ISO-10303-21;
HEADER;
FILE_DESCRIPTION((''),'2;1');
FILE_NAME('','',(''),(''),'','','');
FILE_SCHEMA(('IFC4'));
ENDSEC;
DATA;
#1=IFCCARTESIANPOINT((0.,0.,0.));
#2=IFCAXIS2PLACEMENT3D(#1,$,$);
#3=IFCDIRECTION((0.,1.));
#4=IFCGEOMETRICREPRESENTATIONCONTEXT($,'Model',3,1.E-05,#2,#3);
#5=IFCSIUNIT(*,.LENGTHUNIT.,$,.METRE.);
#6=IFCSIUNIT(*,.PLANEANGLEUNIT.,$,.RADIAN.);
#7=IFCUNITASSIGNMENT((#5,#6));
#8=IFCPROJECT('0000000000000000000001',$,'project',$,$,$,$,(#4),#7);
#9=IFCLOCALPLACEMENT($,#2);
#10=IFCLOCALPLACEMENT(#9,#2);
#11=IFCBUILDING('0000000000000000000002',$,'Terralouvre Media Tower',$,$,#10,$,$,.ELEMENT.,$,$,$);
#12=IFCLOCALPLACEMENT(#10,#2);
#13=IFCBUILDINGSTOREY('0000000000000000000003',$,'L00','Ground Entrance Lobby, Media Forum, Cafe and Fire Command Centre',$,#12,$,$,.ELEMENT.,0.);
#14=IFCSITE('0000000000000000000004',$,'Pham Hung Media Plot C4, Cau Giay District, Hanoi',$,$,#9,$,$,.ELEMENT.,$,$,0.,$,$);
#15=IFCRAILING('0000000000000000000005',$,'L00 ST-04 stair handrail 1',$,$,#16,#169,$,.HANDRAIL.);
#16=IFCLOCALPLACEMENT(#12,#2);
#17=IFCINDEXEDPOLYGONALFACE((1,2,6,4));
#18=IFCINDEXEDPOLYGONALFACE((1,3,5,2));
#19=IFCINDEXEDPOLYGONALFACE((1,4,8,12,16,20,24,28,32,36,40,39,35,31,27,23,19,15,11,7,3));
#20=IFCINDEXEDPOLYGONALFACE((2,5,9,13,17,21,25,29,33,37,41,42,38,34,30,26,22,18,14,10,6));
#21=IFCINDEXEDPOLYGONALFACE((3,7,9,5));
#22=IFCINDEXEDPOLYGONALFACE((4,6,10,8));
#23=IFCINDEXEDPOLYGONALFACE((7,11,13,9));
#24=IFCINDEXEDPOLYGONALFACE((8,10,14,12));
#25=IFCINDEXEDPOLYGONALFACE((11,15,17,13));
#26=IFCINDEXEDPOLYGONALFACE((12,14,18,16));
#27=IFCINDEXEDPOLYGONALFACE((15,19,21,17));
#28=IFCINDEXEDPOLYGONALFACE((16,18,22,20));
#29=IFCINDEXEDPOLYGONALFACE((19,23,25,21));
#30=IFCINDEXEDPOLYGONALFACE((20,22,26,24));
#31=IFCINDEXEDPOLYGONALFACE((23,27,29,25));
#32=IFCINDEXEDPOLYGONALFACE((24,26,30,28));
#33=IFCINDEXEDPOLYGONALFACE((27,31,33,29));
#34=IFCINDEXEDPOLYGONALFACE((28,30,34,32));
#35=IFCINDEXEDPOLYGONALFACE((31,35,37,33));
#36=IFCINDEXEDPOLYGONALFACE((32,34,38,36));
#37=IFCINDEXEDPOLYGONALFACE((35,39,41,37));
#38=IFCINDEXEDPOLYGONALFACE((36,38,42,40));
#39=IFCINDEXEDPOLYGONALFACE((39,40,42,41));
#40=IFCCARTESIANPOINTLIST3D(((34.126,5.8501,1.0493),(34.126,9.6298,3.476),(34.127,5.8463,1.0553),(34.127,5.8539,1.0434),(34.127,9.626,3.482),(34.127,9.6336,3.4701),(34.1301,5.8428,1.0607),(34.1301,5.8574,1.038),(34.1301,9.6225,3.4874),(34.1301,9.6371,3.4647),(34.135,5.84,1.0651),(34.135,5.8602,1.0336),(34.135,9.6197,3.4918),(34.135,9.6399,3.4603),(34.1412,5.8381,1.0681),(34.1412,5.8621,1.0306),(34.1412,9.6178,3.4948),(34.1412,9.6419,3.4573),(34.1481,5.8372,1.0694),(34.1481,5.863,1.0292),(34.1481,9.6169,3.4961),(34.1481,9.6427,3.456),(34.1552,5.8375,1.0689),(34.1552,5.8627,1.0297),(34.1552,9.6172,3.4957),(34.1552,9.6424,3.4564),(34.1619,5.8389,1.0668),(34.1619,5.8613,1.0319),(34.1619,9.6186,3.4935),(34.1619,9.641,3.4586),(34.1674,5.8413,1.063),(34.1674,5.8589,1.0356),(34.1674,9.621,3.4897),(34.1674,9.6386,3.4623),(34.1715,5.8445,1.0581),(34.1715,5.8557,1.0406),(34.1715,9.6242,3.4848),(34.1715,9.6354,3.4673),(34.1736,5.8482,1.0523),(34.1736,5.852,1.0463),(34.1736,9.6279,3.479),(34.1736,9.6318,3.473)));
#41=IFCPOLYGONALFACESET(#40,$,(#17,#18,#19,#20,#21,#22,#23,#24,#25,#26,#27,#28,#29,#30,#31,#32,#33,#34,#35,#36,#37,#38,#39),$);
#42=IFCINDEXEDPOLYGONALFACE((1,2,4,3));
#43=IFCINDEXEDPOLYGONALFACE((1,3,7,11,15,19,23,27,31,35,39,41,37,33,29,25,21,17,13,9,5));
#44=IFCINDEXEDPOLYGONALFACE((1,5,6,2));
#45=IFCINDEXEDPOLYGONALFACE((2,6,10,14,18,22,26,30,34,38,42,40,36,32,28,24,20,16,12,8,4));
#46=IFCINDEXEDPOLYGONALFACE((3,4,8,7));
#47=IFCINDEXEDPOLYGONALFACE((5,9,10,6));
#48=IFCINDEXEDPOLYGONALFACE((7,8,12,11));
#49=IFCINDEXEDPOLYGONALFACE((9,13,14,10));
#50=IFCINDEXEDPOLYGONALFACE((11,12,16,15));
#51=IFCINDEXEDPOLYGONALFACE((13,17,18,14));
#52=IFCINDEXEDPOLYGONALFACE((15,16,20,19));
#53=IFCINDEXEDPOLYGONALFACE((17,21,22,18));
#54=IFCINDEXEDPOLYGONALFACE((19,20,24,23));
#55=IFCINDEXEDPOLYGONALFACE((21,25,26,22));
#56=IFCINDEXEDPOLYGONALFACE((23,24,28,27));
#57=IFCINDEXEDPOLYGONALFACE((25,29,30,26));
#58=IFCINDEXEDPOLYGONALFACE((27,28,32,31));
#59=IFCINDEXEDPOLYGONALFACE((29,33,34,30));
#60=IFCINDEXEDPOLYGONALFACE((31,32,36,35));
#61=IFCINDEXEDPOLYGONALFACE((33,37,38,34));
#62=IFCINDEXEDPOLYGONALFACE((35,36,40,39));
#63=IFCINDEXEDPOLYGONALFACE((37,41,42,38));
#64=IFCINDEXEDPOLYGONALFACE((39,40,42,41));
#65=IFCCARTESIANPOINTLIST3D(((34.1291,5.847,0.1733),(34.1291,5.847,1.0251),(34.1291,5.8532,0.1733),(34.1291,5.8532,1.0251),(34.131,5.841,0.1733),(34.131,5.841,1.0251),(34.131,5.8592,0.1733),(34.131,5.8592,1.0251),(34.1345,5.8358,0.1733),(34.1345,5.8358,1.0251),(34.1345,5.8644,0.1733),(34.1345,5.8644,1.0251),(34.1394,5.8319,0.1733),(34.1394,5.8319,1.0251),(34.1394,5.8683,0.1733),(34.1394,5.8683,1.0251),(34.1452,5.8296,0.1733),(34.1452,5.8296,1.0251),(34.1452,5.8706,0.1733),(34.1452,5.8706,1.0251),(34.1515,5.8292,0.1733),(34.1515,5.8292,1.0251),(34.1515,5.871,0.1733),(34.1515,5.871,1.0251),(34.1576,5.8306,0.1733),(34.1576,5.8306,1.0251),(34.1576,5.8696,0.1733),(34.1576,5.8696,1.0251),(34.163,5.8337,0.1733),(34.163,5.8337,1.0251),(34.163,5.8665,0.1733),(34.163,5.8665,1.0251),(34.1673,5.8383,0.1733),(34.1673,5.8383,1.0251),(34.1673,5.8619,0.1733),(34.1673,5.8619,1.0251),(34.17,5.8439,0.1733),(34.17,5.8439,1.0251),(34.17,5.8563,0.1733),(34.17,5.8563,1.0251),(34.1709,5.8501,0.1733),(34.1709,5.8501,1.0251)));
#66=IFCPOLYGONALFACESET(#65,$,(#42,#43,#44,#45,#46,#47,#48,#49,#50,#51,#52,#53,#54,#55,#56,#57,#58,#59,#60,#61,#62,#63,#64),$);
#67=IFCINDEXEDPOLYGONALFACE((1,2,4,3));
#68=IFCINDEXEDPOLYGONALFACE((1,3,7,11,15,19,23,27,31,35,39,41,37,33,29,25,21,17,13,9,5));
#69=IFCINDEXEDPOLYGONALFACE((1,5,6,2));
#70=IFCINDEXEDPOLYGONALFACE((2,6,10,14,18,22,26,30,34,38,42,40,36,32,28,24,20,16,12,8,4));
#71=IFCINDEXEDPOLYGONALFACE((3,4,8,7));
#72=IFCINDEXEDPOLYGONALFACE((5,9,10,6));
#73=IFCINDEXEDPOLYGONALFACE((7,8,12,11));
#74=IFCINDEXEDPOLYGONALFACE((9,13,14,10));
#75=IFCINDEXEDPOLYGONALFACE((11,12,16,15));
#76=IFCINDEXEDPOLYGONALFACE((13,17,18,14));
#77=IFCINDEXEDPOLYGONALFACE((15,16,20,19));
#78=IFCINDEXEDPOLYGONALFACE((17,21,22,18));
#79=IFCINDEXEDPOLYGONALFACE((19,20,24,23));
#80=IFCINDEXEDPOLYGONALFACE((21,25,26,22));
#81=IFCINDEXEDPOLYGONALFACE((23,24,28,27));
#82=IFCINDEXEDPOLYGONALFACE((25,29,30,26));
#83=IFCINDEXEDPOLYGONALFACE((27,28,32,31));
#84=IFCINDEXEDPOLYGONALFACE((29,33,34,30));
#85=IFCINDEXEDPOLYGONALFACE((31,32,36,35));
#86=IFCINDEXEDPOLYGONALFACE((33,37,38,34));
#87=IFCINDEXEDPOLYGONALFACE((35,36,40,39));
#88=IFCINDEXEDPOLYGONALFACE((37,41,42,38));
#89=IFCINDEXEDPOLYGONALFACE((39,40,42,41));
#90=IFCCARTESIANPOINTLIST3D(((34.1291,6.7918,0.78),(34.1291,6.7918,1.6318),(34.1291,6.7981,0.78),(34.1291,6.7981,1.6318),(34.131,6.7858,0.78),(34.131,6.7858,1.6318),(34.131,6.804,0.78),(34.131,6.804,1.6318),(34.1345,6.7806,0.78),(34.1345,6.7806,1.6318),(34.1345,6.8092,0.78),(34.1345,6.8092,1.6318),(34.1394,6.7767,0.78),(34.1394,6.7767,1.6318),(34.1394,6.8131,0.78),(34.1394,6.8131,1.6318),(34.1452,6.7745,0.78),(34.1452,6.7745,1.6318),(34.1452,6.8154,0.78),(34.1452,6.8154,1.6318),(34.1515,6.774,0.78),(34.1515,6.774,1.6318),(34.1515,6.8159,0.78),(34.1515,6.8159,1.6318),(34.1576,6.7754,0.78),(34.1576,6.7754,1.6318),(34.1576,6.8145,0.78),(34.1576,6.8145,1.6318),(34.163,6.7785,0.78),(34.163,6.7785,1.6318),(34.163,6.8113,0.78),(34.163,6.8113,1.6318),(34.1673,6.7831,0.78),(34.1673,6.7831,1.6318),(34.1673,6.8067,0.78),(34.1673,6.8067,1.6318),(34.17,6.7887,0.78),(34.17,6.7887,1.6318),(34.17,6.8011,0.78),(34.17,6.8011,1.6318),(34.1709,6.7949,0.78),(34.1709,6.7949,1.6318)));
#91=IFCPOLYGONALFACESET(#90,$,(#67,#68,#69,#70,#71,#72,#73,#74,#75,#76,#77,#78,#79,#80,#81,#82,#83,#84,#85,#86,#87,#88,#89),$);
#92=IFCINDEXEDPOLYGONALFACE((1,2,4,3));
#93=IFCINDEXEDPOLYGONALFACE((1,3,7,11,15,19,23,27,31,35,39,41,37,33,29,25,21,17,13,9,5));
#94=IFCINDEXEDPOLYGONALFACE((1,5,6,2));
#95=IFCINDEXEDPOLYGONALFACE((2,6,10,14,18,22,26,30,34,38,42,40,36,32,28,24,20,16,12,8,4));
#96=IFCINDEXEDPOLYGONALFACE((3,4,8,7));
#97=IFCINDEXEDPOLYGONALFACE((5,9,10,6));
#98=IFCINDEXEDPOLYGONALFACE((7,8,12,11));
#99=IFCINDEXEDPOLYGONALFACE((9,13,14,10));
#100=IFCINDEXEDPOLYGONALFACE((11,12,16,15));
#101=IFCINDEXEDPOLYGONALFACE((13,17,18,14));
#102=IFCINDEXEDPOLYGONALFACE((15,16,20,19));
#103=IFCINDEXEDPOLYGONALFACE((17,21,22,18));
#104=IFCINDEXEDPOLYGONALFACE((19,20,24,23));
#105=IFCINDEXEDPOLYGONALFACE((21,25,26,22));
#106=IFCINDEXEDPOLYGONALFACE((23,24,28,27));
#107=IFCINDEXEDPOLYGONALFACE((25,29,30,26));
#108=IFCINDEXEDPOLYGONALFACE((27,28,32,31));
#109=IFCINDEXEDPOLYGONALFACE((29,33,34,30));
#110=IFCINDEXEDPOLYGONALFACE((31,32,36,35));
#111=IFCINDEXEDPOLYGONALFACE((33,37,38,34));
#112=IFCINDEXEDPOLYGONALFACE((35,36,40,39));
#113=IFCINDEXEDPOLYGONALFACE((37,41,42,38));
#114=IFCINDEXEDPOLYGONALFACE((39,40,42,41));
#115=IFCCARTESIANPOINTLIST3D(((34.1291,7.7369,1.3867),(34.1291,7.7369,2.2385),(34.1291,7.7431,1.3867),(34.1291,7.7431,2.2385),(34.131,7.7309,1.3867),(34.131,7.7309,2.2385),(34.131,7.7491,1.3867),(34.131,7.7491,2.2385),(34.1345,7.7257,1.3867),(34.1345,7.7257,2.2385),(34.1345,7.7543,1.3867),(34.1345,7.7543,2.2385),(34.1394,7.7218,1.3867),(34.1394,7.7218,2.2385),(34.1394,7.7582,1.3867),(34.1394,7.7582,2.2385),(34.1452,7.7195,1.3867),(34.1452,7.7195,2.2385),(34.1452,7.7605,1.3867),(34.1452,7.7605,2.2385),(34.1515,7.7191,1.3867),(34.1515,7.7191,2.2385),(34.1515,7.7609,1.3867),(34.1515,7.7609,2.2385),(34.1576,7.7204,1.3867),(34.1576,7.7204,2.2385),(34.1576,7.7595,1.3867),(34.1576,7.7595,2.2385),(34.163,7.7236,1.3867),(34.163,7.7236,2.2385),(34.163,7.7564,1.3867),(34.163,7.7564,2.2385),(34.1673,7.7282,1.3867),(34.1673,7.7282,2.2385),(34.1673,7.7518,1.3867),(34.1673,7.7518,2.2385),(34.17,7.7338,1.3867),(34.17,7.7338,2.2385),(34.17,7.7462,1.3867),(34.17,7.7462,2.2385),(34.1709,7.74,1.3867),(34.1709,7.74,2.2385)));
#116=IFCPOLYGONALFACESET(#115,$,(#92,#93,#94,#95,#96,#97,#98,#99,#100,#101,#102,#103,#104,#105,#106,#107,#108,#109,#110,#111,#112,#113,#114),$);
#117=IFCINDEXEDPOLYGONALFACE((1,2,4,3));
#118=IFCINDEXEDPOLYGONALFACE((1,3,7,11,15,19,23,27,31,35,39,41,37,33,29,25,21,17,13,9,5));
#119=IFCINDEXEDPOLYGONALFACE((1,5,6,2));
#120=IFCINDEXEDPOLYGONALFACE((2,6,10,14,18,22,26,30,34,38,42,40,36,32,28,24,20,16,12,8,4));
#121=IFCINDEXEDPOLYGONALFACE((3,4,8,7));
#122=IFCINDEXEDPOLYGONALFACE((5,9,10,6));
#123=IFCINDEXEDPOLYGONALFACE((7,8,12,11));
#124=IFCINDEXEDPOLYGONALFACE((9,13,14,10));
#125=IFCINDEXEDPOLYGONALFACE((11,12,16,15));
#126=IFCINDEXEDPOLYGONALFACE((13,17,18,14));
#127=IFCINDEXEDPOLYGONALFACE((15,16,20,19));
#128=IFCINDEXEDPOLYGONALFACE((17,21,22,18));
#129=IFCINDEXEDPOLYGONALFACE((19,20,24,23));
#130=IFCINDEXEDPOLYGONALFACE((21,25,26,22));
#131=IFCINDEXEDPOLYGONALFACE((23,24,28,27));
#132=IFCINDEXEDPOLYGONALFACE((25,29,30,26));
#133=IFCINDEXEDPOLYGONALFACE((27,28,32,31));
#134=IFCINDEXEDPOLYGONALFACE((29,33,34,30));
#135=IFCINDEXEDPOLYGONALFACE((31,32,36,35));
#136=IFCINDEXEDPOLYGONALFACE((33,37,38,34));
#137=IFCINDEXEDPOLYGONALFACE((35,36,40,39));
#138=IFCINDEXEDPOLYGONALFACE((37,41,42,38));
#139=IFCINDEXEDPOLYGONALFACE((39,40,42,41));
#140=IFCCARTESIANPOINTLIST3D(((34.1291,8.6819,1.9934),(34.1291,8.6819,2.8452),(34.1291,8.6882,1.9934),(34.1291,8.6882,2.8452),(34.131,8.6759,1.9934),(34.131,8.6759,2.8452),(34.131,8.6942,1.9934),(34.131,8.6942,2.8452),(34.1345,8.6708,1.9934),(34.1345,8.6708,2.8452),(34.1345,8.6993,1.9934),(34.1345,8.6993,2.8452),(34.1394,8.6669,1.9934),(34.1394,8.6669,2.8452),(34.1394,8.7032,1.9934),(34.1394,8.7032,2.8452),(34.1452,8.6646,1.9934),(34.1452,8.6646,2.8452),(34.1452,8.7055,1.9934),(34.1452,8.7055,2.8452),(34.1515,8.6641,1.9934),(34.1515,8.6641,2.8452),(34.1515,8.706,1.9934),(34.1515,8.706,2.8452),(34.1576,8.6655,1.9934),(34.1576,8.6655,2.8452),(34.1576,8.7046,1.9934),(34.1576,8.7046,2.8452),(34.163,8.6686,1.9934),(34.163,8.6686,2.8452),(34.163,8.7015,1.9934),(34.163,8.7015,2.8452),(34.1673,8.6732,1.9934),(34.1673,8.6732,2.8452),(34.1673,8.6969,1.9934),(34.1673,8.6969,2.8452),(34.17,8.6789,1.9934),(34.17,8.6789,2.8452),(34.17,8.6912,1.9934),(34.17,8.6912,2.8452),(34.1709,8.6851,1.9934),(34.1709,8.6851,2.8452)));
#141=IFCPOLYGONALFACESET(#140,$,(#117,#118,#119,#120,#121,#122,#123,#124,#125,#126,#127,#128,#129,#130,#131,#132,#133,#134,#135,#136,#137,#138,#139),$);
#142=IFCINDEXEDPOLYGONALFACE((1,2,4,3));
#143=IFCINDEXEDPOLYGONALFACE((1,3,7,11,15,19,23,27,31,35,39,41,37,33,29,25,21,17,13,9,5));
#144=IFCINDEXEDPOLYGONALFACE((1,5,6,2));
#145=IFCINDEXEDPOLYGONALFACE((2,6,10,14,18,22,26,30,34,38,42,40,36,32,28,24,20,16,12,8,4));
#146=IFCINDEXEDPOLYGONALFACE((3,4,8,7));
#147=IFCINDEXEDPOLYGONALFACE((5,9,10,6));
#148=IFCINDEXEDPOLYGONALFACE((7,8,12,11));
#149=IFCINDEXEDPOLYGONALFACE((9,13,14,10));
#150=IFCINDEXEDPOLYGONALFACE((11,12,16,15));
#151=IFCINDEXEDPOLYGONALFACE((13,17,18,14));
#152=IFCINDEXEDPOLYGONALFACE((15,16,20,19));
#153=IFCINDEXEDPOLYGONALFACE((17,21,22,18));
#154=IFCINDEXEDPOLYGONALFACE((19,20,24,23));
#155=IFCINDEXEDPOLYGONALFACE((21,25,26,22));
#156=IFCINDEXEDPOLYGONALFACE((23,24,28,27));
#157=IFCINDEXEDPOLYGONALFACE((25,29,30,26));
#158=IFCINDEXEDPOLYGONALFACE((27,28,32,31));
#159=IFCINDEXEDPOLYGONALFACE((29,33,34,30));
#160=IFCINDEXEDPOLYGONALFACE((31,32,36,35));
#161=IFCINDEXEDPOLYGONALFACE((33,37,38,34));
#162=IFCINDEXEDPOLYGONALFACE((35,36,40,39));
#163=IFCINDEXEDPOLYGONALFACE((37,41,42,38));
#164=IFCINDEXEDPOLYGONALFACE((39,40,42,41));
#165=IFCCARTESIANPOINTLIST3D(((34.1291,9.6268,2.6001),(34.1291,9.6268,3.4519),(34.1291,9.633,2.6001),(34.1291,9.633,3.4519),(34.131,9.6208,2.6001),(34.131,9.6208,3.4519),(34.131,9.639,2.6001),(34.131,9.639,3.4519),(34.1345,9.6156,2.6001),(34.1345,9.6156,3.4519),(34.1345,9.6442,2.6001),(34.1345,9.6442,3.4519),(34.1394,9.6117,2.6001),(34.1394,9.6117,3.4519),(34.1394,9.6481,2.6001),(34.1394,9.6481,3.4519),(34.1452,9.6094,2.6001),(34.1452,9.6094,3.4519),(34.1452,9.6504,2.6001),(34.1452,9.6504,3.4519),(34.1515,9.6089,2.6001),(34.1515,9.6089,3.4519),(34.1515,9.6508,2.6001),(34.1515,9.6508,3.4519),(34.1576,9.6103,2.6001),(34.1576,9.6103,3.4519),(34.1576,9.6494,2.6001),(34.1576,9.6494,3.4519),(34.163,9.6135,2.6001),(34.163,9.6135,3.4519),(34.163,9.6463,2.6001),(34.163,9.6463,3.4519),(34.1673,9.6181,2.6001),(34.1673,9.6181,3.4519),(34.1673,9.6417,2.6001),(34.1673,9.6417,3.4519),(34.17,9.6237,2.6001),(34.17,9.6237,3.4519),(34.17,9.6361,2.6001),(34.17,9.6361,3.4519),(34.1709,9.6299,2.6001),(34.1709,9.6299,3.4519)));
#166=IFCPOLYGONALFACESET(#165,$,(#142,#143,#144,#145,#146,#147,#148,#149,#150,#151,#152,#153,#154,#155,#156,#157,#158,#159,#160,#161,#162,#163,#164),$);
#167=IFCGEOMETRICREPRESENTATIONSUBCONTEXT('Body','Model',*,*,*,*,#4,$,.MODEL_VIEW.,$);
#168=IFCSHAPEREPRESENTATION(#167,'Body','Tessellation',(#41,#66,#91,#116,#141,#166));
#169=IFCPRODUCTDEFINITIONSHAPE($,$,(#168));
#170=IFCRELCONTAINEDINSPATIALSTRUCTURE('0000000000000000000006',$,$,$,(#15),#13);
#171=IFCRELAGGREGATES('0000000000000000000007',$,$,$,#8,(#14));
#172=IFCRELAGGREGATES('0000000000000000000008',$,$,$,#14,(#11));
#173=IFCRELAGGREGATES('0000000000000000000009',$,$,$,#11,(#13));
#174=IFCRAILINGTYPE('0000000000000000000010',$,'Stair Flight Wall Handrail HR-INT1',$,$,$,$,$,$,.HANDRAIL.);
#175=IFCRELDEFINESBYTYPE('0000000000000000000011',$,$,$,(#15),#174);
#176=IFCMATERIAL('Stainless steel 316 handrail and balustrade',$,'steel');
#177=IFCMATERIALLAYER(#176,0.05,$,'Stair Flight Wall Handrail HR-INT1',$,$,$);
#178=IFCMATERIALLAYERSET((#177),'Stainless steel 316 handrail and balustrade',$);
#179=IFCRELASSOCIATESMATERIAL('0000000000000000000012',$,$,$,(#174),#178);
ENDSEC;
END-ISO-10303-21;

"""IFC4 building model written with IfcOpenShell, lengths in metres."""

from ifc_helpers import new_model, si_unit, direction, frame, origin, origin_2d, place, context, subcontext, project, spatial, circle, extrude, material, layer, layer_set, type_object, element, save


model = new_model("IFC4")

# Units and contexts
model_context = context("Model", 3, precision=1e-05, world=origin(), true_north=direction((0.0, 1.0)))
body_context = subcontext(model_context, "Body", "Model", "MODEL_VIEW")
ifc_project = project(units=[si_unit("LENGTHUNIT", "METRE"), si_unit("PLANEANGLEUNIT", "RADIAN")], contexts=[model_context])

# Site, building, storey
site_placement = place(None, origin())
site = spatial("IfcSite", under=ifc_project, at=site_placement, Name="Pham Hung Media Plot C4, Cau Giay District, Hanoi", CompositionType="ELEMENT", RefElevation=0.0)
building_placement = place(site_placement, origin())
building = spatial("IfcBuilding", under=site, at=building_placement, Name="Terralouvre Media Tower", CompositionType="ELEMENT")
storey_placement = place(building_placement, origin())
storey = spatial("IfcBuildingStorey", under=building, at=storey_placement, Name="L00", Description="Ground Entrance Lobby, Media Forum, Cafe and Fire Command Centre", CompositionType="ELEMENT", Elevation=0.0)

# Railing
ifc_material_1 = material(Name="Stainless steel 316 handrail and balustrade", Category="steel")
ifc_layer_1 = layer(ifc_material_1, 0.05, Name="Stair Flight Wall Handrail HR-INT1")
ifc_layer_set_1 = layer_set([ifc_layer_1], Name="Stainless steel 316 handrail and balustrade")
railing_type_1 = type_object("IfcRailingType", Name="Stair Flight Wall Handrail HR-INT1", PredefinedType="HANDRAIL", material=ifc_layer_set_1)
railing_1_placement = place(storey_placement, frame((34.1499, 5.8501, 0.1733)))
element("IfcRailing", 1, at=railing_1_placement, inside=storey, type_object=railing_type_1, Name="L00 ST-04 stair handrail 1", PredefinedType="HANDRAIL", context=body_context, shape_type="SweptSolid", body=[
    extrude(circle(Radius=0.0239, at=origin_2d()), frame((0.0, 0.0, 0.876), z_axis=(0.0, 0.841493, 0.540269), x_axis=(-1.0, 0.0, 0.0)), (0.0, 0.0, 1.0), 4.4917),
    extrude(circle(Radius=0.021, at=origin_2d()), origin(), (0.0, 0.0, 1.0), 0.8518),
    extrude(circle(Radius=0.021, at=origin_2d()), frame((0.0, 0.9448, 0.6067)), (0.0, 0.0, 1.0), 0.8518),
    extrude(circle(Radius=0.021, at=origin_2d()), frame((0.0, 1.8899, 1.2134)), (0.0, 0.0, 1.0), 0.8518),
    extrude(circle(Radius=0.021, at=origin_2d()), frame((0.0, 2.835, 1.8201)), (0.0, 0.0, 1.0), 0.8518),
    extrude(circle(Radius=0.021, at=origin_2d()), frame((0.0, 3.7798, 2.4268)), (0.0, 0.0, 1.0), 0.8518),
])

save(model, "model.ifc")
